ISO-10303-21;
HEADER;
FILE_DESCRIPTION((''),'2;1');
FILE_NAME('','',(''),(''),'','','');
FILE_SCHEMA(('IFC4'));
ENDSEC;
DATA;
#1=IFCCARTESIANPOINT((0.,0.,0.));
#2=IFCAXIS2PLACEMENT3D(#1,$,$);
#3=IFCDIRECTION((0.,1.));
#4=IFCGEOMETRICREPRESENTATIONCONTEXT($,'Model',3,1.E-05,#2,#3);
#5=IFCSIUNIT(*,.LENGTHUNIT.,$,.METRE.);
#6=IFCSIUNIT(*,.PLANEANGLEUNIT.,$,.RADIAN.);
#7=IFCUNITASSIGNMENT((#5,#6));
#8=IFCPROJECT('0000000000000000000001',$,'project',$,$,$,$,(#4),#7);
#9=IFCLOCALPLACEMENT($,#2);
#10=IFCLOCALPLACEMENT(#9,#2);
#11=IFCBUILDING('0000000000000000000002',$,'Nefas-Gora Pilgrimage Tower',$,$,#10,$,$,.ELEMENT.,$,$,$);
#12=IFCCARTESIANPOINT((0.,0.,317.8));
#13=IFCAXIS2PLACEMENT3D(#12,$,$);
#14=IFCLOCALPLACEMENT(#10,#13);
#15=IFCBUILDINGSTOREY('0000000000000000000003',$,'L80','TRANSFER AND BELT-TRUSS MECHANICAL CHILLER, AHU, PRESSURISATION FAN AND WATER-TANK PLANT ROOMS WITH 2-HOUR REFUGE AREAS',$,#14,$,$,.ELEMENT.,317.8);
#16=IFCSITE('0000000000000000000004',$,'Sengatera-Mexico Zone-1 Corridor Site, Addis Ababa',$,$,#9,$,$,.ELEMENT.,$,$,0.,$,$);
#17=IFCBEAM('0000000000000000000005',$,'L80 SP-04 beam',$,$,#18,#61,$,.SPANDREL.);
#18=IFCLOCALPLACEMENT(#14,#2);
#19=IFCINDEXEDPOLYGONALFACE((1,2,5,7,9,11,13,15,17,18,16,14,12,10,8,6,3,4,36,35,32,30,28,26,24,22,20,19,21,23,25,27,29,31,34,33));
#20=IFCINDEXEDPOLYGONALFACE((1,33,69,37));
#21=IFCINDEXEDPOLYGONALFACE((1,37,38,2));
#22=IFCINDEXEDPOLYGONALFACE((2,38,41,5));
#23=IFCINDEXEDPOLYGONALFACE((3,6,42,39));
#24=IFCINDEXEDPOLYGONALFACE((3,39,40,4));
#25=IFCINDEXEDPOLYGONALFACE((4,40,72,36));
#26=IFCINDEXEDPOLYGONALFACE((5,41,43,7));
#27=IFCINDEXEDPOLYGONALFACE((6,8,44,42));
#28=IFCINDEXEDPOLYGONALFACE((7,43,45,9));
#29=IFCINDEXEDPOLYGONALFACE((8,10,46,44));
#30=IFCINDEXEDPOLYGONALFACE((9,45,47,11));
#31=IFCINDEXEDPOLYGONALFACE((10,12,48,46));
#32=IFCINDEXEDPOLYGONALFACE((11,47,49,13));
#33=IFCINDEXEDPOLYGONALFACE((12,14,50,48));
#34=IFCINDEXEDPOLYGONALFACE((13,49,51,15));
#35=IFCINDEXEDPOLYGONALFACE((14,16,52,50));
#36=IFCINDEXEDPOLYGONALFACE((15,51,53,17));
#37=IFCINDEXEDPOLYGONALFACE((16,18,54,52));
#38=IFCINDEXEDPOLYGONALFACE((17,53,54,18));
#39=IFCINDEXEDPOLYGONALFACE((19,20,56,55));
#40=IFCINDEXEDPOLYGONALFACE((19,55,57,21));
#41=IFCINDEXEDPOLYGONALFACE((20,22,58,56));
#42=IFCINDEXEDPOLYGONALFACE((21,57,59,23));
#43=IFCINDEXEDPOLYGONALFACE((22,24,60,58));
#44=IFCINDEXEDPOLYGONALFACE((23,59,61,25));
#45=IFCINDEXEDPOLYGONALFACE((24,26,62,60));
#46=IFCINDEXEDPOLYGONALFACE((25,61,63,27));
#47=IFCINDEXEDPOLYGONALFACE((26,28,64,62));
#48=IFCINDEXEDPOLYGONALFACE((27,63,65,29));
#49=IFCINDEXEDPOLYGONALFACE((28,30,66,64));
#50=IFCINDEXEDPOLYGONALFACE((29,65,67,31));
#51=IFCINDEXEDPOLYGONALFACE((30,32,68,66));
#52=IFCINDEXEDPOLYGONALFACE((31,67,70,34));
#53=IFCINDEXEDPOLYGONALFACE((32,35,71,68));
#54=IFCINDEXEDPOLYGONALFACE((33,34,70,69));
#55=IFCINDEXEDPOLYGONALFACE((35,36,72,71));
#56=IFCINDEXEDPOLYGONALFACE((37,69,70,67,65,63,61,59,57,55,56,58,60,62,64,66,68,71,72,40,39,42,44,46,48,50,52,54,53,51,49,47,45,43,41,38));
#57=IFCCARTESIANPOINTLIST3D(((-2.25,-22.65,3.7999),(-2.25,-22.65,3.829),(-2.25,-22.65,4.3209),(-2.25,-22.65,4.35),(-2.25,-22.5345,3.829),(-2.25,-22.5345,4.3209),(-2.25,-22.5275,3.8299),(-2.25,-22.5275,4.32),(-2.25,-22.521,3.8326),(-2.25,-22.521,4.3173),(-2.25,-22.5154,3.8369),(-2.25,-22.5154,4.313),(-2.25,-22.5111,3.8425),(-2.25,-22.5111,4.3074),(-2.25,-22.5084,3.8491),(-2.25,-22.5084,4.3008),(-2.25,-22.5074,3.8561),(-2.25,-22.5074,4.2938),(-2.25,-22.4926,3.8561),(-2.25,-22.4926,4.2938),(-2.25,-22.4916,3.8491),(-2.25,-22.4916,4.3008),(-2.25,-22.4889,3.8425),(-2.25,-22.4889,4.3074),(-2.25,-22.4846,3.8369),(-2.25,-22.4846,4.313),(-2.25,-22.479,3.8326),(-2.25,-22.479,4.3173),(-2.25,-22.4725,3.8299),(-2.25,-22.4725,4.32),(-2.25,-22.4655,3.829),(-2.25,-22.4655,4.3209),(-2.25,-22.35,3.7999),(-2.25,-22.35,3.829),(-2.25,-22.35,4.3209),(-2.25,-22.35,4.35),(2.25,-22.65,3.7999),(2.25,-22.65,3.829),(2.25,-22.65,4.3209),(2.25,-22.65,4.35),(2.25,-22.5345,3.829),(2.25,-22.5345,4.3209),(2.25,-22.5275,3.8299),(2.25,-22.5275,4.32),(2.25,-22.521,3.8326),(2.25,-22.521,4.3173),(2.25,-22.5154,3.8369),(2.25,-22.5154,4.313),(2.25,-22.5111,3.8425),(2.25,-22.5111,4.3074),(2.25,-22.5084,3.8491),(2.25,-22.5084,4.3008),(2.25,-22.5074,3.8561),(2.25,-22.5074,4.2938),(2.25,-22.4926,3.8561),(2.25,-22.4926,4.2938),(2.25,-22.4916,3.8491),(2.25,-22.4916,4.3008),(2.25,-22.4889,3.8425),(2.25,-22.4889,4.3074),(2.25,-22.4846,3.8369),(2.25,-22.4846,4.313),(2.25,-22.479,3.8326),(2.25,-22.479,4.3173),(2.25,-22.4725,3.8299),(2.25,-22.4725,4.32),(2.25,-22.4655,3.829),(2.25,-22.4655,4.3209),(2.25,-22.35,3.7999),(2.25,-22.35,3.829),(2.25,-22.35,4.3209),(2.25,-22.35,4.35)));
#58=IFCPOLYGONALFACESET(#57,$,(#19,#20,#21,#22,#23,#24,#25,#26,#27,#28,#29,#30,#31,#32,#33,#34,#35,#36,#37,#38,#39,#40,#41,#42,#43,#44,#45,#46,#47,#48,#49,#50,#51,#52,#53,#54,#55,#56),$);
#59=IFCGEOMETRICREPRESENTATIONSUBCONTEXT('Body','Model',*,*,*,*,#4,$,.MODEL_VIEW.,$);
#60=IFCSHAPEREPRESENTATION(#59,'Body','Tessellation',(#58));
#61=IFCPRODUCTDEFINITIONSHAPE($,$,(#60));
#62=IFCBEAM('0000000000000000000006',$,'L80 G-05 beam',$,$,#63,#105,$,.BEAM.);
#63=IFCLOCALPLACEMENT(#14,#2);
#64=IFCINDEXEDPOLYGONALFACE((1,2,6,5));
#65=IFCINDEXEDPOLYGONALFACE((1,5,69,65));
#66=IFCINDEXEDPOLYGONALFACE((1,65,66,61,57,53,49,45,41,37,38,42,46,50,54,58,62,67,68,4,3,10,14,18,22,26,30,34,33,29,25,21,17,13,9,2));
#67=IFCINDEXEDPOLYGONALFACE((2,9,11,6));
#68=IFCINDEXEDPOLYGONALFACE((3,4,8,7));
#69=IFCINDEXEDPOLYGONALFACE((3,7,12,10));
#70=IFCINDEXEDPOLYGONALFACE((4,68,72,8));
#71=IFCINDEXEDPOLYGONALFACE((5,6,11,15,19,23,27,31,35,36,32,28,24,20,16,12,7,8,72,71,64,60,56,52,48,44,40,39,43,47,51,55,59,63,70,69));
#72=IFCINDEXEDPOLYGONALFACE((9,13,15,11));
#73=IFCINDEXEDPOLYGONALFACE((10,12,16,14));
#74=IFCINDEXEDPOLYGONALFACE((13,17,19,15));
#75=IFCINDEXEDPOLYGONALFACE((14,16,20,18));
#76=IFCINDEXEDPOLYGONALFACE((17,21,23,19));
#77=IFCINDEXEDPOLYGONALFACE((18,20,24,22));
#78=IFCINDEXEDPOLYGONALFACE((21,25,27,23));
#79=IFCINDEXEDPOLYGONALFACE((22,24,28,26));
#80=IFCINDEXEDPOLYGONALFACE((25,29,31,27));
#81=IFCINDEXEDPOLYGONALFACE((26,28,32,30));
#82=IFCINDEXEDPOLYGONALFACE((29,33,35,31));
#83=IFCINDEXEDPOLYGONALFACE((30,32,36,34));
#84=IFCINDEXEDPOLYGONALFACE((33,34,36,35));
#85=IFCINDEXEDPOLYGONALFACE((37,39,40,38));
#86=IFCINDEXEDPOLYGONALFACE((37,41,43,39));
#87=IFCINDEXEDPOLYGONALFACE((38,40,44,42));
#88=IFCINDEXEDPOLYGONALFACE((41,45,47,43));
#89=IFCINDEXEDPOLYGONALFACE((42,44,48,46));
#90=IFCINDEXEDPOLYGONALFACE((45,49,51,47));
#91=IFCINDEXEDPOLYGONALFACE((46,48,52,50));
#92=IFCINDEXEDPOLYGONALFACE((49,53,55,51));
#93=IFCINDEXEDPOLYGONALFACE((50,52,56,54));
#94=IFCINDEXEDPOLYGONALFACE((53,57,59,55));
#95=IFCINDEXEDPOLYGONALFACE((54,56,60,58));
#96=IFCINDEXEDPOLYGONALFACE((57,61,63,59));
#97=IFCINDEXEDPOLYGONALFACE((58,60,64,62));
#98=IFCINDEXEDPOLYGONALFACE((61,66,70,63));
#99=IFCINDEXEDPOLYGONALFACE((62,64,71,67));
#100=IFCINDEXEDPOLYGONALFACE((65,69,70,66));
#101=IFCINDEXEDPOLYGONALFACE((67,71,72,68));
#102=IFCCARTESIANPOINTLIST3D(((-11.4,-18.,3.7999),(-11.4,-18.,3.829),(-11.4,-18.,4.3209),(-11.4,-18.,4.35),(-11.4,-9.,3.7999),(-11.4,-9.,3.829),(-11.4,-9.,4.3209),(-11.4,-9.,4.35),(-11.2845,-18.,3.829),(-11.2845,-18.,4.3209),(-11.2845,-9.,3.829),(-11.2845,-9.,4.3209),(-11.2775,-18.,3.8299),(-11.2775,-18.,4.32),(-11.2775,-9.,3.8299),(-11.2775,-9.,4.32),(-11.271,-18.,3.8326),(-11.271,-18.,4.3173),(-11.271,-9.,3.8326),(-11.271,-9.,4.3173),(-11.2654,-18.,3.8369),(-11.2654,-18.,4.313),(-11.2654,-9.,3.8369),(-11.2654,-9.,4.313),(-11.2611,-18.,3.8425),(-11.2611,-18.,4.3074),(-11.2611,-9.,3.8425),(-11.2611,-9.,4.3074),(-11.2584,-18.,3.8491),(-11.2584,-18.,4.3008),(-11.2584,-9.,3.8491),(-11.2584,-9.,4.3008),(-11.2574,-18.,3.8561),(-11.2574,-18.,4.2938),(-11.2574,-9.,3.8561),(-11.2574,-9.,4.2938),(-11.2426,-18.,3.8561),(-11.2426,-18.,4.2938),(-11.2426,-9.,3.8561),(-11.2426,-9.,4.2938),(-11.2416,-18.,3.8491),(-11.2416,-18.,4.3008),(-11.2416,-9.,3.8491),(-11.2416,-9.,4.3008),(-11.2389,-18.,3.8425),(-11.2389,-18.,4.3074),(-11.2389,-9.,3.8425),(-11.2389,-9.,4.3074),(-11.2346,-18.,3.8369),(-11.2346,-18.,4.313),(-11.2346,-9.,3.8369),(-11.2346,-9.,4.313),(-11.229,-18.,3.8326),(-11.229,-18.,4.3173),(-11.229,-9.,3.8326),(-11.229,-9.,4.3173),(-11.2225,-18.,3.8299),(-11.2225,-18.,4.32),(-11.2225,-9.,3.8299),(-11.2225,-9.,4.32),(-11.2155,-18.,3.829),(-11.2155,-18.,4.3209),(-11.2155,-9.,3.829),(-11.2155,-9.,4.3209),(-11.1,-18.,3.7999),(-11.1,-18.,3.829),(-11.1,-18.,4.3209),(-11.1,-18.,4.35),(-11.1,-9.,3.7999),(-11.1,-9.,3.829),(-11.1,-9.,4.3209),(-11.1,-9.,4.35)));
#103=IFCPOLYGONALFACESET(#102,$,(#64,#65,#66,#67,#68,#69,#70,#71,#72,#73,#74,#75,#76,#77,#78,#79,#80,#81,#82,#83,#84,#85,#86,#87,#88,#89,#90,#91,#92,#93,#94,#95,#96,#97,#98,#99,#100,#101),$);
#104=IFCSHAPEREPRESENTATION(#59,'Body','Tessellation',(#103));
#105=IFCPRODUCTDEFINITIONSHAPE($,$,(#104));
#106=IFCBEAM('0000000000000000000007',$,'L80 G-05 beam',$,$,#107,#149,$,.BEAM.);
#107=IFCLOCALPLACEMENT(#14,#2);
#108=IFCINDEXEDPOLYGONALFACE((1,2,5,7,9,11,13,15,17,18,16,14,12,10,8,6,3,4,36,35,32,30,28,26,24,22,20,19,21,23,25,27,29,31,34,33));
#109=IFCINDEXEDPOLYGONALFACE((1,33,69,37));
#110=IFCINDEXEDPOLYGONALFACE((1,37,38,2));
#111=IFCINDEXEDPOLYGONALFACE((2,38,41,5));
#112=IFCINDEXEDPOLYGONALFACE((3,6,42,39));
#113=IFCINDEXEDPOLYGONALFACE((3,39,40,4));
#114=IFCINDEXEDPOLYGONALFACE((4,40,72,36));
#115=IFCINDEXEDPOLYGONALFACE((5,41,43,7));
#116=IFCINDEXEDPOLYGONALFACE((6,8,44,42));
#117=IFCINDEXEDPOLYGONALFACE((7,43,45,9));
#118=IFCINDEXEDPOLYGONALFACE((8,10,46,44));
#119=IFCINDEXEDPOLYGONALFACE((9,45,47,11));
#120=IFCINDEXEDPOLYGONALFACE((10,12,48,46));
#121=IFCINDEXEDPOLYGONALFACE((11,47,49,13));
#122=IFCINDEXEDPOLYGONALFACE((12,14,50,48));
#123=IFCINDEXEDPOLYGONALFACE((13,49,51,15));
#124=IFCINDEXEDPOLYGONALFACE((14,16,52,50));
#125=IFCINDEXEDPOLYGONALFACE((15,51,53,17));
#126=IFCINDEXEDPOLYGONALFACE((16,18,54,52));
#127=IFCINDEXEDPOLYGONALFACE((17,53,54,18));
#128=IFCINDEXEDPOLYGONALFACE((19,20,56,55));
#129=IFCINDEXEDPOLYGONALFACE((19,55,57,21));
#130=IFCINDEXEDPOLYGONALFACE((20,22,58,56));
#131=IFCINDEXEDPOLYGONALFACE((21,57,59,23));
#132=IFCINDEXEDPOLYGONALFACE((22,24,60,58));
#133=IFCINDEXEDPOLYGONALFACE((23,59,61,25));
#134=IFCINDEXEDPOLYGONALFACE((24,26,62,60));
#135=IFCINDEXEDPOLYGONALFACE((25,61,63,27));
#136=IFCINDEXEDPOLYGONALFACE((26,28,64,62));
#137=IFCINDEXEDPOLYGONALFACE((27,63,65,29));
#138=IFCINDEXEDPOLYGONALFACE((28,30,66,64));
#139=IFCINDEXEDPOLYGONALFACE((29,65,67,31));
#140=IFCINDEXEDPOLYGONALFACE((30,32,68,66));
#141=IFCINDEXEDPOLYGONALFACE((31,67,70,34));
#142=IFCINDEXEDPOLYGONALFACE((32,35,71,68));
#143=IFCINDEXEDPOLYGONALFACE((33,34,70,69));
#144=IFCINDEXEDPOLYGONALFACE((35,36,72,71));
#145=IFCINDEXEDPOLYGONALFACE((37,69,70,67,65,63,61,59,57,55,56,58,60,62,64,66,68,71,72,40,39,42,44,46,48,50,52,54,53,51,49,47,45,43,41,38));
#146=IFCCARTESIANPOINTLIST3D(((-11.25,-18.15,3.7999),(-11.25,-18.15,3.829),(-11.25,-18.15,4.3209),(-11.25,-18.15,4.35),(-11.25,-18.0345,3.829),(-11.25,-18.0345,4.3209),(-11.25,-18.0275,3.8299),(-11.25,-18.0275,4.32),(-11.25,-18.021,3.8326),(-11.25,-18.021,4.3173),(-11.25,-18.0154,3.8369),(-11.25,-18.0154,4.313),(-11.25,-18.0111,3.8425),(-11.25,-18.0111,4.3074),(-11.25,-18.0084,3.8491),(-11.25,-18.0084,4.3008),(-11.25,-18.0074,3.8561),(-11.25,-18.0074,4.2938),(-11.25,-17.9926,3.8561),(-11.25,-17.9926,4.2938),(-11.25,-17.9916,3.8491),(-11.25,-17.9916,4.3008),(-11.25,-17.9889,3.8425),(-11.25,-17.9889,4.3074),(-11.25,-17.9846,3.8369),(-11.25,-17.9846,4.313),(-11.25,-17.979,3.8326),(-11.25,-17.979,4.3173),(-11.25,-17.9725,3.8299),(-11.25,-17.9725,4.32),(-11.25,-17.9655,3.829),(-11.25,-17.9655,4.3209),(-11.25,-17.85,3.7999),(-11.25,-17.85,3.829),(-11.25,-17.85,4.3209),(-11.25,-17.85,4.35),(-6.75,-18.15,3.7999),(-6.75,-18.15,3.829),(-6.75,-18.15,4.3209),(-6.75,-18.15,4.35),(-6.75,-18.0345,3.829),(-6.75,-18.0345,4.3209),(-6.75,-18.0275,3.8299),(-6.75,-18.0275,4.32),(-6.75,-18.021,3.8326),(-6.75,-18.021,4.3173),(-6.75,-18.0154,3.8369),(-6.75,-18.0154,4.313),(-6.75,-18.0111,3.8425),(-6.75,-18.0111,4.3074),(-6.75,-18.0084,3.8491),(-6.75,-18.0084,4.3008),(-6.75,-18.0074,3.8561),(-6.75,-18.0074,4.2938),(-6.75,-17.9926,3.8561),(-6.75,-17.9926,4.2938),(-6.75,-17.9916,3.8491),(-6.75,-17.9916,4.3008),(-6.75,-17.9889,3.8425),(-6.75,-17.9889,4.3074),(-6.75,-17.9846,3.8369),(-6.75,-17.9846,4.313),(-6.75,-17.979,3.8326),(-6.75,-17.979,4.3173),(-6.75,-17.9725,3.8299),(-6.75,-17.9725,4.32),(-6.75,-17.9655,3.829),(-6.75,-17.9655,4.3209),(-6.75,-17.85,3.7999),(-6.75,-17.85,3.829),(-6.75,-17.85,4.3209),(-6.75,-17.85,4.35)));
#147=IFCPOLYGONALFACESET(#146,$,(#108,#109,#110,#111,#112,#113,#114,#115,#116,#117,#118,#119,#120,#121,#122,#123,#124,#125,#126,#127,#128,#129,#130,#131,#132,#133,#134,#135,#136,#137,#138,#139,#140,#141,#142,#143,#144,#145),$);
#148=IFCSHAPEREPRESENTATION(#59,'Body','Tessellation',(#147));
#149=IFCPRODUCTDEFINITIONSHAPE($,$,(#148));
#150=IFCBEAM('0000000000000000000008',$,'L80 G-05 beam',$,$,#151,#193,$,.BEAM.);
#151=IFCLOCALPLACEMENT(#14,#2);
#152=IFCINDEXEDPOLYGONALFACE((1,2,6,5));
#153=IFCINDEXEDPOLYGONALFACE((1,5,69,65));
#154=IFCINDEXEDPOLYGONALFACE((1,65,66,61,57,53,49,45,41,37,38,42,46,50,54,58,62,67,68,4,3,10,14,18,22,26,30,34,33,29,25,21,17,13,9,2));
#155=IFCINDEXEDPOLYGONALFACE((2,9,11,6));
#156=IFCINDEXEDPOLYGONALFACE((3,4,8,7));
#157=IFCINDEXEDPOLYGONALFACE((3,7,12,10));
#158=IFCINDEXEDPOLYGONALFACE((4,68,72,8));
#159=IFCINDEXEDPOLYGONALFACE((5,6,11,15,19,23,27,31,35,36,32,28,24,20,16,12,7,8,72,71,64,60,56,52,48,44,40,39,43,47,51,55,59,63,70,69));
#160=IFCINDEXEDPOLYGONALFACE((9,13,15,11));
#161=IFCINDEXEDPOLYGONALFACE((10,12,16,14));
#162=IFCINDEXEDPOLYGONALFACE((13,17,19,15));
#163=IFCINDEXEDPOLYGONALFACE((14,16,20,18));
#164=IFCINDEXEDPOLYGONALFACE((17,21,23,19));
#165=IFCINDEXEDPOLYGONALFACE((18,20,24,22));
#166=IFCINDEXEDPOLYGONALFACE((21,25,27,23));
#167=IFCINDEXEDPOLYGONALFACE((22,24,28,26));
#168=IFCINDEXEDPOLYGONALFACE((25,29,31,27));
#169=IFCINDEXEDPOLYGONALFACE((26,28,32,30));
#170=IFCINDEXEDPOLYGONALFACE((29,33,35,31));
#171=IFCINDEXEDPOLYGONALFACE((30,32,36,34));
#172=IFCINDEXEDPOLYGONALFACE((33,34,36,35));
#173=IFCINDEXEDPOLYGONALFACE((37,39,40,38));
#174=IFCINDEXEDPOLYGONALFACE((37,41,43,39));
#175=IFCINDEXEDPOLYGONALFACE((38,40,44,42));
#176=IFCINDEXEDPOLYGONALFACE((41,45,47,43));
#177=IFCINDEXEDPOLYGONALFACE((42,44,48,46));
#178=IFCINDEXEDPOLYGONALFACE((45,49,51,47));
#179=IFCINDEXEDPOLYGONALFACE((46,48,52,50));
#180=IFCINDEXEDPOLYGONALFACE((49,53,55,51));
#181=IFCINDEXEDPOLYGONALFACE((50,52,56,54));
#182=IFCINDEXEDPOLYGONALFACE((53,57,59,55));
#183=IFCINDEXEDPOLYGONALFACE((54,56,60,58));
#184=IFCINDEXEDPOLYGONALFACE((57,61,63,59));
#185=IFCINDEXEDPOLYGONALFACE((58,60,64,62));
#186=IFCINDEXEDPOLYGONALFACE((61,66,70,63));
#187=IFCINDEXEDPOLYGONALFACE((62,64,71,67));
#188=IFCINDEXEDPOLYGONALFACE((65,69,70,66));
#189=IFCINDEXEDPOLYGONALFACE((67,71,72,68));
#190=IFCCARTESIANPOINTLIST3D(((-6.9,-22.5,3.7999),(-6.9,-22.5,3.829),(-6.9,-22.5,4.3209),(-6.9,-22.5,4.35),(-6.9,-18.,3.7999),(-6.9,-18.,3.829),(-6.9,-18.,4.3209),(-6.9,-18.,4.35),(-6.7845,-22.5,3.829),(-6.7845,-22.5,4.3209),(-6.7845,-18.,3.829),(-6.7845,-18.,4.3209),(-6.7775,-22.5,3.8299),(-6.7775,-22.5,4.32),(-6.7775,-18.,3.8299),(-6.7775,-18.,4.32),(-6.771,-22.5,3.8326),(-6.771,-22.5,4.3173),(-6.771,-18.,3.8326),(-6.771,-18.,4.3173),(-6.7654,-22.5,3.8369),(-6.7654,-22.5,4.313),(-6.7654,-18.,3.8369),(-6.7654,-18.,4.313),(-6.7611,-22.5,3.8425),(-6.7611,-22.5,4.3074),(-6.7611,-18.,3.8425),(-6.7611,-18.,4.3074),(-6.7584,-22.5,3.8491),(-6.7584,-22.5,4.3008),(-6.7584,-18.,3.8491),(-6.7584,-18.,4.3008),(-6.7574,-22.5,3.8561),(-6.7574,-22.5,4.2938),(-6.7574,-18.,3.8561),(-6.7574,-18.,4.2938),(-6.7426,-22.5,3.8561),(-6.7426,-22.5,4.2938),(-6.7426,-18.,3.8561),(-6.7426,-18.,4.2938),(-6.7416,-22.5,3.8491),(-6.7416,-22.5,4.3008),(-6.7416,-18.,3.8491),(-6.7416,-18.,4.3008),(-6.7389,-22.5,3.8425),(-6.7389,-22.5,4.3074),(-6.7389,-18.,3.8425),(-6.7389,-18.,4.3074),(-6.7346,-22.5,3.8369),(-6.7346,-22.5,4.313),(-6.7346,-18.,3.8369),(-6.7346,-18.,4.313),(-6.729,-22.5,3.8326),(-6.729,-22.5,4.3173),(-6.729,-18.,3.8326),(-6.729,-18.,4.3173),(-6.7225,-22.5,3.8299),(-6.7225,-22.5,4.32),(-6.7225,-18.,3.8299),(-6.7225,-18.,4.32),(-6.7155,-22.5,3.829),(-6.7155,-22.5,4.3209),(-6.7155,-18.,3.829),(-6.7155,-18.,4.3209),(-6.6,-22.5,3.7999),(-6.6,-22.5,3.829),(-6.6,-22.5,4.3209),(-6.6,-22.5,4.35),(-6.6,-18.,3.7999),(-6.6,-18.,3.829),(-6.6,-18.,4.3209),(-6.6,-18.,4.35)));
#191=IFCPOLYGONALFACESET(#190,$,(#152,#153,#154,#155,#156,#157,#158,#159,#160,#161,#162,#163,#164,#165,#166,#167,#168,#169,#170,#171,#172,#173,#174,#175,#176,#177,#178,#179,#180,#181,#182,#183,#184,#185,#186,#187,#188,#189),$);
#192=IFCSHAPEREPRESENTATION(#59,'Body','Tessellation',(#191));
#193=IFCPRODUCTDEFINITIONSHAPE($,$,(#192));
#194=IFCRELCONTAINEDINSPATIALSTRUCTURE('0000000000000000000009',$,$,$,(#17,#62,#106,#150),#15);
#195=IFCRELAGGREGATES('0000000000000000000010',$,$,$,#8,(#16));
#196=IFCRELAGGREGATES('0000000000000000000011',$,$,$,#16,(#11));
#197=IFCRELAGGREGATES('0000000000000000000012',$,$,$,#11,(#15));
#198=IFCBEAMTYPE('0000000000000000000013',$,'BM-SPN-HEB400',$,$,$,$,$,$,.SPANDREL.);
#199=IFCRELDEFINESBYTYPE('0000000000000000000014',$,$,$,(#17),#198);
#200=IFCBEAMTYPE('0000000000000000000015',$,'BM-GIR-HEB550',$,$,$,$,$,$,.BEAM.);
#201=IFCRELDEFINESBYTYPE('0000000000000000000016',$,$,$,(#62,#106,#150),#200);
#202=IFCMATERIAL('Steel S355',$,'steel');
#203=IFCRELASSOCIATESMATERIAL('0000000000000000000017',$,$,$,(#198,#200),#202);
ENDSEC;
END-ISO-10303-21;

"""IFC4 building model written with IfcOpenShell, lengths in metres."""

from ifc_helpers import new_model, si_unit, direction, frame, origin, origin_2d, place, context, subcontext, project, spatial, i_section, extrude, source, transform, mapped, material, material_profile, profile_set, type_object, element, save


model = new_model("IFC4")

# Units and contexts
model_context = context("Model", 3, precision=1e-05, world=origin(), true_north=direction((0.0, 1.0)))
body_context = subcontext(model_context, "Body", "Model", "MODEL_VIEW")
ifc_project = project(units=[si_unit("LENGTHUNIT", "METRE"), si_unit("PLANEANGLEUNIT", "RADIAN")], contexts=[model_context])

# Site, building, storey
site_placement = place(None, origin())
site = spatial("IfcSite", under=ifc_project, at=site_placement, Name="Sengatera-Mexico Zone-1 Corridor Site, Addis Ababa", CompositionType="ELEMENT", RefElevation=0.0)
building_placement = place(site_placement, origin())
building = spatial("IfcBuilding", under=site, at=building_placement, Name="Nefas-Gora Pilgrimage Tower", CompositionType="ELEMENT")
storey_placement = place(building_placement, frame((0.0, 0.0, 317.8)))
storey = spatial("IfcBuildingStorey", under=building, at=storey_placement, Name="L80", Description="TRANSFER AND BELT-TRUSS MECHANICAL CHILLER, AHU, PRESSURISATION FAN AND WATER-TANK PLANT ROOMS WITH 2-HOUR REFUGE AREAS", CompositionType="ELEMENT", Elevation=317.8)

# Shared definitions
ifc_material_1 = material(Name="Steel S355", Category="steel")

# Beams
ifc_material_profile_1 = material_profile(ifc_material_1, i_section(OverallWidth=0.3, OverallDepth=0.55, WebThickness=0.0149, FlangeThickness=0.0291, FilletRadius=0.0271, at=origin_2d()), Name="HEB 550")
ifc_profile_set_1 = profile_set([ifc_material_profile_1], Name="Steel S355")
beam_type_1 = type_object("IfcBeamType", Name="BM-SPN-HEB400", PredefinedType="SPANDREL", material=ifc_profile_set_1)
shared_shape_1 = source(origin(), body_context, "Body", "SweptSolid", [
    extrude(i_section(OverallWidth=0.3, OverallDepth=0.55, WebThickness=0.0149, FlangeThickness=0.0291, FilletRadius=0.0271, at=origin_2d()), origin(), (0.0, 0.0, 1.0), 4.5),
])
for number, where, z_axis, x_axis, name in (
    (1, (-2.25, -22.5, 4.075), (1.0, 0.0, 0.0), (0.0, 1.0, 0.0), "L80 SP-04 beam"),
):
    element("IfcBeam", number, at=place(storey_placement, frame(where, z_axis=z_axis, x_axis=x_axis)), inside=storey, type_object=beam_type_1, Name=name, PredefinedType="SPANDREL", context=body_context, shape_type="MappedRepresentation", body=[
        mapped(shared_shape_1, transform((0.0, 0.0, 0.0), x_axis=(1.0, 0.0, 0.0), y_axis=(0.0, 1.0, 0.0), z_axis=(0.0, 0.0, 1.0), scale=1.0)),
    ])
ifc_material_profile_2 = material_profile(ifc_material_1, i_section(OverallWidth=0.3, OverallDepth=0.55, WebThickness=0.0149, FlangeThickness=0.0291, FilletRadius=0.0271, at=origin_2d()), Name="HEB 550")
ifc_profile_set_2 = profile_set([ifc_material_profile_2], Name="Steel S355")
beam_type_2 = type_object("IfcBeamType", Name="BM-GIR-HEB550", PredefinedType="BEAM", material=ifc_profile_set_2)
shared_shape_2 = source(origin(), body_context, "Body", "SweptSolid", [
    extrude(i_section(OverallWidth=0.3, OverallDepth=0.55, WebThickness=0.0149, FlangeThickness=0.0291, FilletRadius=0.0271, at=origin_2d()), origin(), (0.0, 0.0, 1.0), 9.0),
])
beam_placement = place(storey_placement, frame((-11.25, -18.0, 4.075), z_axis=(0.0, 1.0, 0.0), x_axis=(-1.0, 0.0, 0.0)))
element("IfcBeam", 2, at=beam_placement, inside=storey, type_object=beam_type_2, Name="L80 G-05 beam", PredefinedType="BEAM", context=body_context, shape_type="MappedRepresentation", body=[
    mapped(shared_shape_2, transform((0.0, 0.0, 0.0), x_axis=(1.0, 0.0, 0.0), y_axis=(0.0, 1.0, 0.0), z_axis=(0.0, 0.0, 1.0), scale=1.0)),
])
shared_shape_3 = source(origin(), body_context, "Body", "SweptSolid", [
    extrude(i_section(OverallWidth=0.3, OverallDepth=0.55, WebThickness=0.0149, FlangeThickness=0.0291, FilletRadius=0.0271, at=origin_2d()), origin(), (0.0, 0.0, 1.0), 4.5),
])
for number, where, z_axis, x_axis, name in (
    (3, (-11.25, -18.0, 4.075), (1.0, 0.0, 0.0), (0.0, 1.0, 0.0), "L80 G-05 beam"),
    (4, (-6.75, -22.5, 4.075), (0.0, 1.0, 0.0), (-1.0, 0.0, 0.0), "L80 G-05 beam"),
):
    element("IfcBeam", number, at=place(storey_placement, frame(where, z_axis=z_axis, x_axis=x_axis)), inside=storey, type_object=beam_type_2, Name=name, PredefinedType="BEAM", context=body_context, shape_type="MappedRepresentation", body=[
        mapped(shared_shape_3, transform((0.0, 0.0, 0.0), x_axis=(1.0, 0.0, 0.0), y_axis=(0.0, 1.0, 0.0), z_axis=(0.0, 0.0, 1.0), scale=1.0)),
    ])

save(model, "model.ifc")
